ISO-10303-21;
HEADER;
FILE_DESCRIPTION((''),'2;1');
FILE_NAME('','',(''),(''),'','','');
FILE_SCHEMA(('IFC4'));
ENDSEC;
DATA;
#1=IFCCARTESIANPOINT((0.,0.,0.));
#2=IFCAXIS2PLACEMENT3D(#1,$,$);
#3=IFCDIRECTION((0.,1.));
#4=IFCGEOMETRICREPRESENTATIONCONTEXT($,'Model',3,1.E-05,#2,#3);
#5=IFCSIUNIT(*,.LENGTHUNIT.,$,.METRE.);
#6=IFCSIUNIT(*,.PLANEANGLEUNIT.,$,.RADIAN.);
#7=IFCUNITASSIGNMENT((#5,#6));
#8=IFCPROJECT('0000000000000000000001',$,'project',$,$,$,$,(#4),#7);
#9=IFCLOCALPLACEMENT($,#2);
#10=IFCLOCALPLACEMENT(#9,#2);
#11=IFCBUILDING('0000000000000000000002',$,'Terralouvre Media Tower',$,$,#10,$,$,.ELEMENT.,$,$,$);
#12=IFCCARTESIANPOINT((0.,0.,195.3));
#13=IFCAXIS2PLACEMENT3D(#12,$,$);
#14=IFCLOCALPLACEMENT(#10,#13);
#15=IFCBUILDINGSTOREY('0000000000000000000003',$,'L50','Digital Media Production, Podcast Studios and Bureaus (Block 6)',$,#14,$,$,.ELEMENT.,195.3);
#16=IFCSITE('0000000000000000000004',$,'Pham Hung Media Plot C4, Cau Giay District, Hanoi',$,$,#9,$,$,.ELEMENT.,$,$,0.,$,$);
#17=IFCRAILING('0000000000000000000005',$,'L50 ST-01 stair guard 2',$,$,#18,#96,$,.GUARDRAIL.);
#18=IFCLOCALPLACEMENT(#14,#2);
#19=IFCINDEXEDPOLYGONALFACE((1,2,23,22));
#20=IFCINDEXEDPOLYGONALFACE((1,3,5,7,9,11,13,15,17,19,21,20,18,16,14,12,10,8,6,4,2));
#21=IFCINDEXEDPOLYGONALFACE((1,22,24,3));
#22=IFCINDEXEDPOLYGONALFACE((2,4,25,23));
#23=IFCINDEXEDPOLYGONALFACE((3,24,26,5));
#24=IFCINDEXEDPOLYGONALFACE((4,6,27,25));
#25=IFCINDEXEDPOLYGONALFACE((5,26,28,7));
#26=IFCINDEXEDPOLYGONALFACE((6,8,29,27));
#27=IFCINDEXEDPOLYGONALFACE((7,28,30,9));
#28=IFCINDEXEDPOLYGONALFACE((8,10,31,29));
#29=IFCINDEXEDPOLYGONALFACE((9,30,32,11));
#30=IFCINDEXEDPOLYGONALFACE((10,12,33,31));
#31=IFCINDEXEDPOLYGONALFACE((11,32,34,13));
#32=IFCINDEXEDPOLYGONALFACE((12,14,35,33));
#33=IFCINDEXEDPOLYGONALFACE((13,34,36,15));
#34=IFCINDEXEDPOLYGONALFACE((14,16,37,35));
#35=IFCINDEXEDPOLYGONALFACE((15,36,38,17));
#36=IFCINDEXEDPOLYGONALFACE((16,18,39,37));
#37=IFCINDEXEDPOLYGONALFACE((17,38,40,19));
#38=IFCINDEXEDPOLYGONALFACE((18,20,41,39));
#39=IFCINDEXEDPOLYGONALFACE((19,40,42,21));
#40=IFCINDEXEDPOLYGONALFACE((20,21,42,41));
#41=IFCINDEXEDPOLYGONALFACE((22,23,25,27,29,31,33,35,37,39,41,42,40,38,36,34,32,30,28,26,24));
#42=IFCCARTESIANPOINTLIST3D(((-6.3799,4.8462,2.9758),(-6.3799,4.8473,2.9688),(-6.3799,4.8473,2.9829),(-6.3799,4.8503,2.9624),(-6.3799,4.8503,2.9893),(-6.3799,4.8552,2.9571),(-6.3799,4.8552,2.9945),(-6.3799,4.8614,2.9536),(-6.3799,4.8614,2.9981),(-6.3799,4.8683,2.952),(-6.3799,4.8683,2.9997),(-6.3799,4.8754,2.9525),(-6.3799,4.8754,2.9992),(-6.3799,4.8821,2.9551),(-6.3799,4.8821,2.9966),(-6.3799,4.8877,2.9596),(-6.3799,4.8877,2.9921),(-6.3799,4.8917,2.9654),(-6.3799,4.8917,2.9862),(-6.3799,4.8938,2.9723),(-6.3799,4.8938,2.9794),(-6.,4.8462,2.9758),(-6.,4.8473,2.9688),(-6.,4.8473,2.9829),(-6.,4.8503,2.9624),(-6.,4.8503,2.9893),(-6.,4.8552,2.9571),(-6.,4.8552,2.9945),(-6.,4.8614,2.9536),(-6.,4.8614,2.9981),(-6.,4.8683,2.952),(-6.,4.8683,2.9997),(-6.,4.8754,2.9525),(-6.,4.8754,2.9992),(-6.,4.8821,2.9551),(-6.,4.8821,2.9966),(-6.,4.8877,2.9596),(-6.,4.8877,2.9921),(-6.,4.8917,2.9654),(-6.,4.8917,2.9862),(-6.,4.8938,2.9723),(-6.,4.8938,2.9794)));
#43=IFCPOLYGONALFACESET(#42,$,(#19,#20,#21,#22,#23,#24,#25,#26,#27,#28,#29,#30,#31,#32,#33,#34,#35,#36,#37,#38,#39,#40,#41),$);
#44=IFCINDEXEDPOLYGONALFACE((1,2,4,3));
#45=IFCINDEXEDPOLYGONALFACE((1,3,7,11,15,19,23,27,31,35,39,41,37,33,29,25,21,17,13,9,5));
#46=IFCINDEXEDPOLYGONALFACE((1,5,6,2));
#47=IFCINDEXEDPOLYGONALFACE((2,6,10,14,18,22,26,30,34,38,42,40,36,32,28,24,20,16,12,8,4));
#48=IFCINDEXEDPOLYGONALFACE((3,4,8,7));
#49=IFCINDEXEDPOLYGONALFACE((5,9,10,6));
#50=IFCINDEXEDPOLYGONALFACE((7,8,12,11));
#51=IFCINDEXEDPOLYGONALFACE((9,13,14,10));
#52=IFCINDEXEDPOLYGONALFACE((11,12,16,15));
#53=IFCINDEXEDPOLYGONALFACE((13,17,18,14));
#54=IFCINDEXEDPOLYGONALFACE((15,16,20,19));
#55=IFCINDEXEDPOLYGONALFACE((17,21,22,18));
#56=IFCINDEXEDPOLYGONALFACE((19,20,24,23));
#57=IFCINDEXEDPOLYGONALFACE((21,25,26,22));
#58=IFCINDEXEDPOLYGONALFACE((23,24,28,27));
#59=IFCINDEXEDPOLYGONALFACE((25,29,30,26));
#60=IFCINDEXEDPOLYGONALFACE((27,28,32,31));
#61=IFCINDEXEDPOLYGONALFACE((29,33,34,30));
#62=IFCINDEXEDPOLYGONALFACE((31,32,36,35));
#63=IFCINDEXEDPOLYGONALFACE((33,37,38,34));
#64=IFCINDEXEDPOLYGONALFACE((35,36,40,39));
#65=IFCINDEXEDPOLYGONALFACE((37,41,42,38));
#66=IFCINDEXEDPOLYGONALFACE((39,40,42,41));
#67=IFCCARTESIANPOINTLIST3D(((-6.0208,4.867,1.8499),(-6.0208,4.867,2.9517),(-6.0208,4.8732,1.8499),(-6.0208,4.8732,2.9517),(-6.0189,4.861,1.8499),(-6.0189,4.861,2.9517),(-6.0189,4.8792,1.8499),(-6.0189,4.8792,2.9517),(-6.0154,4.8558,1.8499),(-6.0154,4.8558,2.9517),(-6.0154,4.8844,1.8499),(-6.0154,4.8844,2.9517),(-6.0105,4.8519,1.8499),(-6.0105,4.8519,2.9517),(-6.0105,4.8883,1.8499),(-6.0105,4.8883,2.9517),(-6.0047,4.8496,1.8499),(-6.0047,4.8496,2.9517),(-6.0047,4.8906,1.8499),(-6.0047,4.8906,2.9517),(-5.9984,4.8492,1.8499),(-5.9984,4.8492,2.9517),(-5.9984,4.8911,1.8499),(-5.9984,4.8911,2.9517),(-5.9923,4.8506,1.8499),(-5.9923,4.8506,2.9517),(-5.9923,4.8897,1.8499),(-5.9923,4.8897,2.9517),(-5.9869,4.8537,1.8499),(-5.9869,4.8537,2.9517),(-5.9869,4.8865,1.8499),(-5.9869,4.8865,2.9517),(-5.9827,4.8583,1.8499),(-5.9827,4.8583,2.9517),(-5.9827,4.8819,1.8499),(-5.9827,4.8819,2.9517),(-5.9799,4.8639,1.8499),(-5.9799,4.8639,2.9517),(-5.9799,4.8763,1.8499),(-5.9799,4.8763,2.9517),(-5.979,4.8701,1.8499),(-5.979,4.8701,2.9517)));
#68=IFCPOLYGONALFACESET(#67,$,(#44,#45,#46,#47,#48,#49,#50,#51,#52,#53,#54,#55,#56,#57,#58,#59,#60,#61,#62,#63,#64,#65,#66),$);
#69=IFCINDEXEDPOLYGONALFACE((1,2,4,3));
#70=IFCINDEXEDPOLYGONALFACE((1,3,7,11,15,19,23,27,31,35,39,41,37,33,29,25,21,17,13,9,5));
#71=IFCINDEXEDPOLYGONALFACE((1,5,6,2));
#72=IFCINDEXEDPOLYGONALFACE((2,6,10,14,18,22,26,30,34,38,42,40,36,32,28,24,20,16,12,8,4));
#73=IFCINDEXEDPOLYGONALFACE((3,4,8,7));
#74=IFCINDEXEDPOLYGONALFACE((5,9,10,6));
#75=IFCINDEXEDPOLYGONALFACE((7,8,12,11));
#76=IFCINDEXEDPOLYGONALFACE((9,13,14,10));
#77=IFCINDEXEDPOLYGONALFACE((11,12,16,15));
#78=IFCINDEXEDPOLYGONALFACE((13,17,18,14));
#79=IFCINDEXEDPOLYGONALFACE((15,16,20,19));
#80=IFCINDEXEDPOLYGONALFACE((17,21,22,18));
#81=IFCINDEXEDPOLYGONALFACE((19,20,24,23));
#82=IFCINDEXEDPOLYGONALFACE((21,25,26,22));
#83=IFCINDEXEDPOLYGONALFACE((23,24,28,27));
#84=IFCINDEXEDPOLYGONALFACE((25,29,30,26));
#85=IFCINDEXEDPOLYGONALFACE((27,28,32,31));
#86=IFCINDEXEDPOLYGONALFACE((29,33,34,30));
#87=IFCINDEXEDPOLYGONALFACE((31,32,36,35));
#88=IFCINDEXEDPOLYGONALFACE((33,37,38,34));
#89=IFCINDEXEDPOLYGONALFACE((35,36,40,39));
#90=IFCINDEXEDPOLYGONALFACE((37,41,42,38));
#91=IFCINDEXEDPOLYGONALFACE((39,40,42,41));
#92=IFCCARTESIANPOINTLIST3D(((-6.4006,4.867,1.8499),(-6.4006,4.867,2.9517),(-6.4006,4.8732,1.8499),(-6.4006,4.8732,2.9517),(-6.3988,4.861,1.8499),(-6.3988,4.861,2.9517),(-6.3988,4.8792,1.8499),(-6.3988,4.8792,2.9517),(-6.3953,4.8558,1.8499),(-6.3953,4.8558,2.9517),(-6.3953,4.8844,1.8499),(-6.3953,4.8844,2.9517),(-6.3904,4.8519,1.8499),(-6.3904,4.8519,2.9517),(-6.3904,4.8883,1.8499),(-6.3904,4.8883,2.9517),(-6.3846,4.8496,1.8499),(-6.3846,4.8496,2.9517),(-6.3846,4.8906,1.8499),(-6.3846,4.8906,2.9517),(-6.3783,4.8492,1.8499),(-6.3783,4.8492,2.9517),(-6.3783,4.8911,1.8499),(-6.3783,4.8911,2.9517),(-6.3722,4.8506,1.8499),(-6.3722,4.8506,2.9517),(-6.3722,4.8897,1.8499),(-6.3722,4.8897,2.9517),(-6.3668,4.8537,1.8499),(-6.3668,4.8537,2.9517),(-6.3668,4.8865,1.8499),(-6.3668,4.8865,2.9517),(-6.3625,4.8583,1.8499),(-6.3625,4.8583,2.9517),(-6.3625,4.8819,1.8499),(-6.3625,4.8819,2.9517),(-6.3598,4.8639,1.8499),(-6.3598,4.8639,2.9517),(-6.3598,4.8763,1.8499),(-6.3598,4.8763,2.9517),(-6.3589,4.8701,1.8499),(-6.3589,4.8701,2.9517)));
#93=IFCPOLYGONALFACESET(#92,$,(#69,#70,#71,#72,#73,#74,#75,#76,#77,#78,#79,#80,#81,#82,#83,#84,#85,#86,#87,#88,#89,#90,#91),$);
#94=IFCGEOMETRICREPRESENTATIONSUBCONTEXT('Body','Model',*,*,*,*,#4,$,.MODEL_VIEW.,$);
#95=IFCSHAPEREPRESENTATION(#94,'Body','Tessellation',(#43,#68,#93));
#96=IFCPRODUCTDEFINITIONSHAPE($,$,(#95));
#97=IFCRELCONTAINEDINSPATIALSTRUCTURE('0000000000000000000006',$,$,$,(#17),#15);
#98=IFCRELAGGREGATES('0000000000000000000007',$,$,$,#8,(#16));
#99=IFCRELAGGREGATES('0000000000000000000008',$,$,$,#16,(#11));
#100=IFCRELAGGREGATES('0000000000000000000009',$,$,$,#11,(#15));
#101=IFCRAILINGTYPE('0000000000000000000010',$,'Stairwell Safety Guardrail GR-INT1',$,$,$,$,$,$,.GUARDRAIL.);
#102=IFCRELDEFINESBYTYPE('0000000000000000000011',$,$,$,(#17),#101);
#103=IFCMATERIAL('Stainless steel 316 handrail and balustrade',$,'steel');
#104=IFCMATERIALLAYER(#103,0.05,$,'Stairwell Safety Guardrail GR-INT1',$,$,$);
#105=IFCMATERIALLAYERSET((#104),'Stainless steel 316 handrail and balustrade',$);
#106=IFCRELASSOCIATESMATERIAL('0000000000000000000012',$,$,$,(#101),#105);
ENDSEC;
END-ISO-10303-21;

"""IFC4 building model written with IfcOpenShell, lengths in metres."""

from ifc_helpers import new_model, si_unit, direction, frame, origin, origin_2d, place, context, subcontext, project, spatial, circle, extrude, material, layer, layer_set, type_object, element, save


model = new_model("IFC4")

# Units and contexts
model_context = context("Model", 3, precision=1e-05, world=origin(), true_north=direction((0.0, 1.0)))
body_context = subcontext(model_context, "Body", "Model", "MODEL_VIEW")
ifc_project = project(units=[si_unit("LENGTHUNIT", "METRE"), si_unit("PLANEANGLEUNIT", "RADIAN")], contexts=[model_context])

# Site, building, storey
site_placement = place(None, origin())
site = spatial("IfcSite", under=ifc_project, at=site_placement, Name="Pham Hung Media Plot C4, Cau Giay District, Hanoi", CompositionType="ELEMENT", RefElevation=0.0)
building_placement = place(site_placement, origin())
building = spatial("IfcBuilding", under=site, at=building_placement, Name="Terralouvre Media Tower", CompositionType="ELEMENT")
storey_placement = place(building_placement, frame((0.0, 0.0, 195.3)))
storey = spatial("IfcBuildingStorey", under=building, at=storey_placement, Name="L50", Description="Digital Media Production, Podcast Studios and Bureaus (Block 6)", CompositionType="ELEMENT", Elevation=195.3)

# Railing
ifc_material_1 = material(Name="Stainless steel 316 handrail and balustrade", Category="steel")
ifc_layer_1 = layer(ifc_material_1, 0.05, Name="Stairwell Safety Guardrail GR-INT1")
ifc_layer_set_1 = layer_set([ifc_layer_1], Name="Stainless steel 316 handrail and balustrade")
railing_type_1 = type_object("IfcRailingType", Name="Stairwell Safety Guardrail GR-INT1", PredefinedType="GUARDRAIL", material=ifc_layer_set_1)
railing_1_placement = place(storey_placement, frame((-6.0, 4.8701, 1.8499)))
element("IfcRailing", 1, at=railing_1_placement, inside=storey, type_object=railing_type_1, Name="L50 ST-01 stair guard 2", PredefinedType="GUARDRAIL", context=body_context, shape_type="SweptSolid", body=[
    extrude(circle(Radius=0.0239, at=origin_2d()), frame((0.0, 0.0, 1.126), z_axis=(-1.0, 0.0, 0.0), x_axis=(0.0, -1.0, 0.0)), (0.0, 0.0, 1.0), 0.3799),
    extrude(circle(Radius=0.021, at=origin_2d()), origin(), (0.0, 0.0, 1.0), 1.1018),
    extrude(circle(Radius=0.021, at=origin_2d()), frame((-0.3799, 0.0, 0.0)), (0.0, 0.0, 1.0), 1.1018),
])

save(model, "model.ifc")
